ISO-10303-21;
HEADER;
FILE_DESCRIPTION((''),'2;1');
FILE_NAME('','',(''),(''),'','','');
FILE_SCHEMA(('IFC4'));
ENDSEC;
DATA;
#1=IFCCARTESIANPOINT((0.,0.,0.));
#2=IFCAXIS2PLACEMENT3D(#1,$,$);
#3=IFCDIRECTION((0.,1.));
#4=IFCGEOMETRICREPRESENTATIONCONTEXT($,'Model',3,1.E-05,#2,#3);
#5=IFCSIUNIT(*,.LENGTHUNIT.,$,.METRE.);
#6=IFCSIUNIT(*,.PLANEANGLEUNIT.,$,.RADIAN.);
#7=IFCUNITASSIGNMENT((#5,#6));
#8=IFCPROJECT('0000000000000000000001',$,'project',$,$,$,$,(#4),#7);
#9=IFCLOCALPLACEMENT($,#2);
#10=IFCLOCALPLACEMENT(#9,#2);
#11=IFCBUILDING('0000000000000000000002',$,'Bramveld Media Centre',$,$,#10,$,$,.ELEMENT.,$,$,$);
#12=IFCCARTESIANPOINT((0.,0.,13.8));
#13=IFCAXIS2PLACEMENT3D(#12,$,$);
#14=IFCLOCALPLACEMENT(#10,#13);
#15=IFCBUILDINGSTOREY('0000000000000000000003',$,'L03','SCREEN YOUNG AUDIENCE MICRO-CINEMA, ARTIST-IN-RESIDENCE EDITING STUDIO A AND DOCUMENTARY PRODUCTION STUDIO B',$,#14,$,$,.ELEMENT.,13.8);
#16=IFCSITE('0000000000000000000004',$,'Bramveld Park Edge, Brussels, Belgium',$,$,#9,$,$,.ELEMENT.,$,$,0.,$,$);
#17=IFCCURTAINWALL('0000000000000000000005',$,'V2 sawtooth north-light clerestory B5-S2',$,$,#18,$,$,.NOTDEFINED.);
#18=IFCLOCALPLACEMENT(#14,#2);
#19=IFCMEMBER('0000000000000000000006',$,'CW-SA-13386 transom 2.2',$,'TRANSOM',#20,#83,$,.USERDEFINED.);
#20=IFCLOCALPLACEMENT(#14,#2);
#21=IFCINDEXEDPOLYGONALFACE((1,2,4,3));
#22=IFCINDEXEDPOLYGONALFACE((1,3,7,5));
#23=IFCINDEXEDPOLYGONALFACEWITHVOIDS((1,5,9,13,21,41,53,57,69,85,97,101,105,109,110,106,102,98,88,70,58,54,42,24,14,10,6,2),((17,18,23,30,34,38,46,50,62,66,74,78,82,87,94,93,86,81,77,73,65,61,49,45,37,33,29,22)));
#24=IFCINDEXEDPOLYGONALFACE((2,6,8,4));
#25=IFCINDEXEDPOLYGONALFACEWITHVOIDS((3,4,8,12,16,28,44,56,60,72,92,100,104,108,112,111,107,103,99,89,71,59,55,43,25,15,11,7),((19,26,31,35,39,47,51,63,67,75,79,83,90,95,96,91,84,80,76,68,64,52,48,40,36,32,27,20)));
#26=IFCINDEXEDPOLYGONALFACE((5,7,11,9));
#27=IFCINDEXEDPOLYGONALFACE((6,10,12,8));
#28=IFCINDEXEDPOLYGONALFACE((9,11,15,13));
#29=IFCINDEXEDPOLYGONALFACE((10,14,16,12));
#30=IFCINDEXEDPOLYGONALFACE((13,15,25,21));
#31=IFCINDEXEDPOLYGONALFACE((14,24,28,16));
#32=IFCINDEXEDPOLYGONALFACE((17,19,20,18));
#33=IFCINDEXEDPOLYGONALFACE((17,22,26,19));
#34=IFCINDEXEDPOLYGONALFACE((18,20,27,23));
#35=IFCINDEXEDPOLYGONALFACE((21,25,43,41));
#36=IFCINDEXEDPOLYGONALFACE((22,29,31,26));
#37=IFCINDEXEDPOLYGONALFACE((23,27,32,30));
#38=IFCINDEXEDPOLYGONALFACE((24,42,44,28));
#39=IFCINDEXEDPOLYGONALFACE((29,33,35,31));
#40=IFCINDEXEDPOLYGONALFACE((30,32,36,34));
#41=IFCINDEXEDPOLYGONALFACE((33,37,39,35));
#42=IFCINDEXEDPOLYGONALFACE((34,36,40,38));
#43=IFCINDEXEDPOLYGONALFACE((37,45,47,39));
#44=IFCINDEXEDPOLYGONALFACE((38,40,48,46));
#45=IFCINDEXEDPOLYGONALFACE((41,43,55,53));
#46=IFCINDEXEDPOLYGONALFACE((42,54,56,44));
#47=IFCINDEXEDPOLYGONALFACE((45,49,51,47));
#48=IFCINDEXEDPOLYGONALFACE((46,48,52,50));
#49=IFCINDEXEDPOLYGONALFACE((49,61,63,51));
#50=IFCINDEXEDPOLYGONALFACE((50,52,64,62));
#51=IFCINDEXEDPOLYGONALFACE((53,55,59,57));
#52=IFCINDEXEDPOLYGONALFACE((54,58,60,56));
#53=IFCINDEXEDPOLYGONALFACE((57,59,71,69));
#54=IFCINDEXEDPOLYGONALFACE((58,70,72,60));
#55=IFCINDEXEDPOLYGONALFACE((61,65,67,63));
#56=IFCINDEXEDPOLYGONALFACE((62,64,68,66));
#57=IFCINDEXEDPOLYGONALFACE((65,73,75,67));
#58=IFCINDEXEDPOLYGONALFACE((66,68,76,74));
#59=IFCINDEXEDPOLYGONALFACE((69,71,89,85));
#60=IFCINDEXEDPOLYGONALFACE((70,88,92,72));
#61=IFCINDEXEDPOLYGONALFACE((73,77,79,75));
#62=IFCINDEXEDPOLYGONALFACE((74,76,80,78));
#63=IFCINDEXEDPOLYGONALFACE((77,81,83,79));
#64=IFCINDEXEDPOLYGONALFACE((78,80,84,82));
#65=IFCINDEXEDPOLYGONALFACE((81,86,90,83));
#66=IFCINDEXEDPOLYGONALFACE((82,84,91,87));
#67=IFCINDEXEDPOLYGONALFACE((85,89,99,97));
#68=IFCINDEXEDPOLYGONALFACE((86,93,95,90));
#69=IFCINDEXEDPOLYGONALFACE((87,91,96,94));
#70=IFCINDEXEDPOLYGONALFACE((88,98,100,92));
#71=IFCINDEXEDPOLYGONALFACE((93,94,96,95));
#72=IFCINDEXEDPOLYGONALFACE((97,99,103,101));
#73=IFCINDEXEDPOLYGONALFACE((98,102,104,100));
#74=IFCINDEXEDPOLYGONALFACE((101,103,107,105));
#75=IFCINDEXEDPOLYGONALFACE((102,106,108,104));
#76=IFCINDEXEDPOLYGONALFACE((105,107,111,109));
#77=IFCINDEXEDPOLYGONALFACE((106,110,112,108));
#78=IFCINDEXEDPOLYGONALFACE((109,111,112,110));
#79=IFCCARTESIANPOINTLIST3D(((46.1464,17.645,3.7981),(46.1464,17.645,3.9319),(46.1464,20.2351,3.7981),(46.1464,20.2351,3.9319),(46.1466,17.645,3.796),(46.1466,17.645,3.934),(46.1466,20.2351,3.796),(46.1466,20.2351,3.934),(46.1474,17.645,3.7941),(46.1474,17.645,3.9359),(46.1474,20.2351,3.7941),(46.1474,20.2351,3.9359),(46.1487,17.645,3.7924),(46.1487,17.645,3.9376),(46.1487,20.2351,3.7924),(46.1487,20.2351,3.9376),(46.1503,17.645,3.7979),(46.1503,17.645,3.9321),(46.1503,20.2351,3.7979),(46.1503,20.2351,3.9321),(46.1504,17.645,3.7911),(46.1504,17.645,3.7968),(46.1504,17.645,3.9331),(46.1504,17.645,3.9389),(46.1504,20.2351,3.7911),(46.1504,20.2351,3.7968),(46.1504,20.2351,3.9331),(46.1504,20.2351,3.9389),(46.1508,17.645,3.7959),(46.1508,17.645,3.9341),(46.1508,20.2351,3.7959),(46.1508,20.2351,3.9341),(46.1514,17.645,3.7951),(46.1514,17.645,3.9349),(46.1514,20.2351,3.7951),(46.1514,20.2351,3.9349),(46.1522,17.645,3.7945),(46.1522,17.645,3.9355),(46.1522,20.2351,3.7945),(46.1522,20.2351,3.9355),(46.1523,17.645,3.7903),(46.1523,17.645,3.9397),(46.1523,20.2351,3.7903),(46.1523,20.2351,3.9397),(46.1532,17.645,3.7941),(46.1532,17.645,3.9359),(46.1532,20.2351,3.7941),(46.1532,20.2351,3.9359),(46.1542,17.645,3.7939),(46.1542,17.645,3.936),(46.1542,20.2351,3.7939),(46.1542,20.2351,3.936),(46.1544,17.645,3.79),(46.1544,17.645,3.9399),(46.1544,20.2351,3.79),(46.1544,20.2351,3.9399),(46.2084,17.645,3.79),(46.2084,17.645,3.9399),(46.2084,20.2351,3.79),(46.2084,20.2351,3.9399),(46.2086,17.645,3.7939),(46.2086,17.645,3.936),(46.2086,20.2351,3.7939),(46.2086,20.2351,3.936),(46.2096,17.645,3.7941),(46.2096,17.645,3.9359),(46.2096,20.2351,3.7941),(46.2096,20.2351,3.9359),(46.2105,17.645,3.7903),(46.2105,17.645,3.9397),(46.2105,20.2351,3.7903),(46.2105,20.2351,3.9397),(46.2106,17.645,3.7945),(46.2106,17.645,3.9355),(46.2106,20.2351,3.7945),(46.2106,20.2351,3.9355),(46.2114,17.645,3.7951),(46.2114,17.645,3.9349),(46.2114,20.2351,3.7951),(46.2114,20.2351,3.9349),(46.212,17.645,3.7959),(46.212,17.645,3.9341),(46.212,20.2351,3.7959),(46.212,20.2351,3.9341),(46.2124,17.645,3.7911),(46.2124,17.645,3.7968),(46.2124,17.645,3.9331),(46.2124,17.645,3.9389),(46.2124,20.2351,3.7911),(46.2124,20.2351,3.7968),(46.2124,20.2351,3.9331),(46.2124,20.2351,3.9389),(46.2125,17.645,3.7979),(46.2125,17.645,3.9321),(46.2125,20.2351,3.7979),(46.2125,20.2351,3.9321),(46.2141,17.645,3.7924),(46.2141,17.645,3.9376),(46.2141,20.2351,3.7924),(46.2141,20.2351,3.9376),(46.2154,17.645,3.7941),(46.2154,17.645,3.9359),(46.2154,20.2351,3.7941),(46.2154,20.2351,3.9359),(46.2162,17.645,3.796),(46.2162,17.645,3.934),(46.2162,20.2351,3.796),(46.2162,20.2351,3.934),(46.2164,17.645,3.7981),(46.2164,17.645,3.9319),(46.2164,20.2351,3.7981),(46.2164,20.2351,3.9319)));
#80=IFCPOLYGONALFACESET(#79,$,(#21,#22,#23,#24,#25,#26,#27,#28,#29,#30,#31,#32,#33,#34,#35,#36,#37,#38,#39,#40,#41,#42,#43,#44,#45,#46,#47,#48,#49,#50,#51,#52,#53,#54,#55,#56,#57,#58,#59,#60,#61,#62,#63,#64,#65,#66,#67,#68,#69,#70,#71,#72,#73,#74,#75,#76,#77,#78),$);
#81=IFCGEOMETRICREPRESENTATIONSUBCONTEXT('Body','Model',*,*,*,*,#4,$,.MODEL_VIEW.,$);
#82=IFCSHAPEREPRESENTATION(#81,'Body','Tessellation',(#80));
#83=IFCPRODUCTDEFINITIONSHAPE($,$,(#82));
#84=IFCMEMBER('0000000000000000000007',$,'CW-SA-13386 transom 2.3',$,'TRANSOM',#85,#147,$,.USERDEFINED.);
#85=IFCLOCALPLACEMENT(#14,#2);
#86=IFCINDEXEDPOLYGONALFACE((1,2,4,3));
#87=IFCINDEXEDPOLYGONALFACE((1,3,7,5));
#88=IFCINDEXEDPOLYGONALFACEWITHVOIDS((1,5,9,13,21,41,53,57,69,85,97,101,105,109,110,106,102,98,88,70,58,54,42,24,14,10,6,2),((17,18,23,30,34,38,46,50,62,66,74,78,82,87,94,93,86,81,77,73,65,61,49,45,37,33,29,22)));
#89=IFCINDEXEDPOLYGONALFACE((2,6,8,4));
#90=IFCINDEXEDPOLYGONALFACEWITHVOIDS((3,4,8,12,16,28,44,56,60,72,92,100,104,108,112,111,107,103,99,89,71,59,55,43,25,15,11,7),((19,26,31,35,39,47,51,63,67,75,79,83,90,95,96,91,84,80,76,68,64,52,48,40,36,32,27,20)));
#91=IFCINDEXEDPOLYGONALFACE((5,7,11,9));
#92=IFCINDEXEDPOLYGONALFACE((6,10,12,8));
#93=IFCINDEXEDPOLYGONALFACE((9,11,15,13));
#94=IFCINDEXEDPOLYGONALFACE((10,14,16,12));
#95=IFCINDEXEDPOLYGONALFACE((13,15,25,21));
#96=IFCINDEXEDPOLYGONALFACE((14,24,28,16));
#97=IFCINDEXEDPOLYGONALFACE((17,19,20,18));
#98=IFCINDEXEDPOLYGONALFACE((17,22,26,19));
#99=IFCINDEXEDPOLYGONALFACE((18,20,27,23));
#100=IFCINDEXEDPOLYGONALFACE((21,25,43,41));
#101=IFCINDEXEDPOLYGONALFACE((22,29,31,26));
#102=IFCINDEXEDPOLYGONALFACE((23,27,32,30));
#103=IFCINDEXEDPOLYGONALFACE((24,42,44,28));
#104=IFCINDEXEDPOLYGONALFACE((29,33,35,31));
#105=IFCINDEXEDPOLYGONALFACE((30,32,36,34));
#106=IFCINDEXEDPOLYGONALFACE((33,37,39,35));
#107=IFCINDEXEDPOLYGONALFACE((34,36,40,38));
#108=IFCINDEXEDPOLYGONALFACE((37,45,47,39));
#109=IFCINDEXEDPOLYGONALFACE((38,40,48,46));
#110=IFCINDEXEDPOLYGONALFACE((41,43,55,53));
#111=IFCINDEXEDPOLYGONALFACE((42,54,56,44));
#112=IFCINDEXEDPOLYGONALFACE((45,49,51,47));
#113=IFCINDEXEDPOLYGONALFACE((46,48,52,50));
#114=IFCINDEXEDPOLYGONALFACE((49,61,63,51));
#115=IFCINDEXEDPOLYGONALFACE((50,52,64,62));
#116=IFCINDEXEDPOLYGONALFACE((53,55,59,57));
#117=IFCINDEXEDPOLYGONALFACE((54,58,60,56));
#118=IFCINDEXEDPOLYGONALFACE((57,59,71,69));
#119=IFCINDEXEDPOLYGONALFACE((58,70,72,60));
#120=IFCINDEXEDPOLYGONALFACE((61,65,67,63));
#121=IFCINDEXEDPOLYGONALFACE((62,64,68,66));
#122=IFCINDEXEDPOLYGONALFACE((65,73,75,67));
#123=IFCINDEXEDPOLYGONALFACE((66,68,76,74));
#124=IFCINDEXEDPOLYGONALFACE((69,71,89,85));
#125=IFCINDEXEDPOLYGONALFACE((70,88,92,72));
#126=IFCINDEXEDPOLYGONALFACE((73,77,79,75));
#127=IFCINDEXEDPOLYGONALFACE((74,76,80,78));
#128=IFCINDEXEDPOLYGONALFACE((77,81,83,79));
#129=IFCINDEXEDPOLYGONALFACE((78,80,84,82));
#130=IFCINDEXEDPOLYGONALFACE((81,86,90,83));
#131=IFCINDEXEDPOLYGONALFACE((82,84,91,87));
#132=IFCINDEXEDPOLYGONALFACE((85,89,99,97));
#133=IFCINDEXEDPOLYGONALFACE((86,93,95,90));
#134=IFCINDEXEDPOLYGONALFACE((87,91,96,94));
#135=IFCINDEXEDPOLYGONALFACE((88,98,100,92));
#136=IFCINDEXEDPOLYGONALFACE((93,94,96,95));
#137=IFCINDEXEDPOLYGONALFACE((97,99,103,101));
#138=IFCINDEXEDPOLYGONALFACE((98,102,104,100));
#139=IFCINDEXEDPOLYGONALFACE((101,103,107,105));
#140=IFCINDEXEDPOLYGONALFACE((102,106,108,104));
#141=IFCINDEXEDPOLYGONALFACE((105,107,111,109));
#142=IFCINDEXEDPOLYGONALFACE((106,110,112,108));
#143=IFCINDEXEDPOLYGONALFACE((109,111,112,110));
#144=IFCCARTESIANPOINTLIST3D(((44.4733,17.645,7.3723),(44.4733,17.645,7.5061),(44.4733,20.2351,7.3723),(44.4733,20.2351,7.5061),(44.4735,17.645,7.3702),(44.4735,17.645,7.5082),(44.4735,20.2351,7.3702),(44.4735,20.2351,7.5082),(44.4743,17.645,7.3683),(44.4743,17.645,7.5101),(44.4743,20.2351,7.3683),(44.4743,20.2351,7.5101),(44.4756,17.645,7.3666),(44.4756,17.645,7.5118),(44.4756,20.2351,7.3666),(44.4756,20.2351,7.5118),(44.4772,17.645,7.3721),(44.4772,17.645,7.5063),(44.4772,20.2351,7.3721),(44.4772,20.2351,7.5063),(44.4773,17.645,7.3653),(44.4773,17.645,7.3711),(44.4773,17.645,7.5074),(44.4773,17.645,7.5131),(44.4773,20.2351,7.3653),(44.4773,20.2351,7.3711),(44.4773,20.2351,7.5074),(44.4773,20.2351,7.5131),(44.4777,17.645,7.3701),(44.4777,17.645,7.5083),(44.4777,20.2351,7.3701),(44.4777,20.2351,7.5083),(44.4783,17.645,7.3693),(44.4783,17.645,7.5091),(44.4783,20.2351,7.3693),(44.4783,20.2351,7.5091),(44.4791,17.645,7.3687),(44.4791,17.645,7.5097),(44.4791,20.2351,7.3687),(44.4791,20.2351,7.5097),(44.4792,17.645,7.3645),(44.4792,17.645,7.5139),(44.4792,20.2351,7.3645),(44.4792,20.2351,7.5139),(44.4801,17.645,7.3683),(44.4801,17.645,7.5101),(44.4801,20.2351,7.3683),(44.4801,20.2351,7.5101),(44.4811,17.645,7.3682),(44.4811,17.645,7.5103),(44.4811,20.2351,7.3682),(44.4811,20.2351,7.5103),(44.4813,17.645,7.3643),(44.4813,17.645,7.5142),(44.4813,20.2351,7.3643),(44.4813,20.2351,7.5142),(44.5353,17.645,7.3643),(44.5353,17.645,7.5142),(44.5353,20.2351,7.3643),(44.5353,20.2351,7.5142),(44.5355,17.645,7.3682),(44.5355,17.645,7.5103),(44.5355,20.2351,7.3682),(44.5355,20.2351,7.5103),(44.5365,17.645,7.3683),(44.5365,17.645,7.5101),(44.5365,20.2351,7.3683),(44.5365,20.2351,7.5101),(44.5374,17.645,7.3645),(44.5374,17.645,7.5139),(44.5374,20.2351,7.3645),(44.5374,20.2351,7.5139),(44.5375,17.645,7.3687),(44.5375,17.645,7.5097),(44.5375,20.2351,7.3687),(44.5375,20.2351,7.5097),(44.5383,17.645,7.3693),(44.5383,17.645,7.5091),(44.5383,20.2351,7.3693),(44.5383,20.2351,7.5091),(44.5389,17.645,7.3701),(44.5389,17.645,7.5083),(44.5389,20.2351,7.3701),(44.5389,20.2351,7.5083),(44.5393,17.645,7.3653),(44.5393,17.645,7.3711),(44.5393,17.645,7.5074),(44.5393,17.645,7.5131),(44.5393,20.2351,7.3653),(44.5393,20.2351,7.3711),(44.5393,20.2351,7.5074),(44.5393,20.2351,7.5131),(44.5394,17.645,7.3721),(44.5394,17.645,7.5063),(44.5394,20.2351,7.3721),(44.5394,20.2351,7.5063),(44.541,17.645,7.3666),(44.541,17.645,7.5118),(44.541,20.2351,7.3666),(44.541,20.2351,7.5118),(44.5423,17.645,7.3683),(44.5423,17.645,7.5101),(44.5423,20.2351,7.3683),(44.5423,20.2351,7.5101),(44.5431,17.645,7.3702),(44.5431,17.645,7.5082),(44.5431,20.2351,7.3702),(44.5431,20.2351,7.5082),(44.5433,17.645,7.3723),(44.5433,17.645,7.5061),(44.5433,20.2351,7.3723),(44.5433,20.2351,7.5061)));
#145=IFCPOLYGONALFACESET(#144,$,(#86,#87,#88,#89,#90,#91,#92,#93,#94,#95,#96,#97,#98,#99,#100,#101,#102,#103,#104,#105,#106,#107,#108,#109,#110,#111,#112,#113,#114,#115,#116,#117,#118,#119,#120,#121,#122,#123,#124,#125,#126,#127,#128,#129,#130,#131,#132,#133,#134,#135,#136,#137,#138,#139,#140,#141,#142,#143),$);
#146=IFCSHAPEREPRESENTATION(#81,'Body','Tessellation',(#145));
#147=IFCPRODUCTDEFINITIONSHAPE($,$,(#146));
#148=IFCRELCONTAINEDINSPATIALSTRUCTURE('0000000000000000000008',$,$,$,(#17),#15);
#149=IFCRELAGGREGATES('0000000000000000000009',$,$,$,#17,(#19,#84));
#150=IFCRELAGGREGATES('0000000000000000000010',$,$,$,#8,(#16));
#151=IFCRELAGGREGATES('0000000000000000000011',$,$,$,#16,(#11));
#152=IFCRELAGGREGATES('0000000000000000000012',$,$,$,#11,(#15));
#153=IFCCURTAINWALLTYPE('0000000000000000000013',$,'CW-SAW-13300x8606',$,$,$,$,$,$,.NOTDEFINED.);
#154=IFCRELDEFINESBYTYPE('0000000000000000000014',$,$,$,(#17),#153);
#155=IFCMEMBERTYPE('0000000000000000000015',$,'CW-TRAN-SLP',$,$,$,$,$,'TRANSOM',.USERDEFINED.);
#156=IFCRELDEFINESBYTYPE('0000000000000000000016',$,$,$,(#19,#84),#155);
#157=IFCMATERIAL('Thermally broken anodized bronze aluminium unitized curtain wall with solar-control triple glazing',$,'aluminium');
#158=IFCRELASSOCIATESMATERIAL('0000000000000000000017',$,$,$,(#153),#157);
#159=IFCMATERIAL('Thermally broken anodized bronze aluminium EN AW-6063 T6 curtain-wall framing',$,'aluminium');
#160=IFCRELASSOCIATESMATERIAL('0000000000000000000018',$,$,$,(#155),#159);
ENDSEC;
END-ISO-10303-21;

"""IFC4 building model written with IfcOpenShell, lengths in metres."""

from ifc_helpers import new_model, si_unit, direction, frame, origin, origin_2d, place, context, subcontext, project, spatial, hollow_rectangle, extrude, material, material_profile, profile_set, type_object, element, aggregate, save


model = new_model("IFC4")

# Units and contexts
model_context = context("Model", 3, precision=1e-05, world=origin(), true_north=direction((0.0, 1.0)))
body_context = subcontext(model_context, "Body", "Model", "MODEL_VIEW")
ifc_project = project(units=[si_unit("LENGTHUNIT", "METRE"), si_unit("PLANEANGLEUNIT", "RADIAN")], contexts=[model_context])

# Site, building, storey
site_placement = place(None, origin())
site = spatial("IfcSite", under=ifc_project, at=site_placement, Name="Bramveld Park Edge, Brussels, Belgium", CompositionType="ELEMENT", RefElevation=0.0)
building_placement = place(site_placement, origin())
building = spatial("IfcBuilding", under=site, at=building_placement, Name="Bramveld Media Centre", CompositionType="ELEMENT")
storey_placement = place(building_placement, frame((0.0, 0.0, 13.8)))
storey = spatial("IfcBuildingStorey", under=building, at=storey_placement, Name="L03", Description="SCREEN YOUNG AUDIENCE MICRO-CINEMA, ARTIST-IN-RESIDENCE EDITING STUDIO A AND DOCUMENTARY PRODUCTION STUDIO B", CompositionType="ELEMENT", Elevation=13.8)

# Curtain wall, members
ifc_material_1 = material(Name="Thermally broken anodized bronze aluminium unitized curtain wall with solar-control triple glazing", Category="aluminium")
curtain_wall_type = type_object("IfcCurtainWallType", Name="CW-SAW-13300x8606", PredefinedType="NOTDEFINED", material=ifc_material_1)
curtain_wall_placement = place(storey_placement, origin())
curtain_wall = element("IfcCurtainWall", 1, at=curtain_wall_placement, inside=storey, type_object=curtain_wall_type, Name="V2 sawtooth north-light clerestory B5-S2", PredefinedType="NOTDEFINED")
ifc_material_2 = material(Name="Thermally broken anodized bronze aluminium EN AW-6063 T6 curtain-wall framing", Category="aluminium")
ifc_material_profile_1 = material_profile(ifc_material_2, hollow_rectangle(XDim=0.0701, YDim=0.1499, WallThickness=0.0039, InnerFilletRadius=0.0039, OuterFilletRadius=0.0081, at=origin_2d()), Name="AL-TRAN 70x150")
ifc_profile_set_1 = profile_set([ifc_material_profile_1], Name="Thermally broken anodized bronze aluminium EN AW-6063 T6 curtain-wall framing")
member_type_1 = type_object("IfcMemberType", Name="CW-TRAN-SLP", ElementType="TRANSOM", PredefinedType="USERDEFINED", material=ifc_profile_set_1)
member_1_placement = place(storey_placement, frame((46.1814, 17.645, 3.865), z_axis=(0.0, 1.0, 0.0), x_axis=(-1.0, 0.0, 0.0)))
member_1 = element("IfcMember", 2, at=member_1_placement, type_object=member_type_1, Name="CW-SA-13386 transom 2.2", ObjectType="TRANSOM", PredefinedType="USERDEFINED", context=body_context, shape_type="SweptSolid", body=[
    extrude(hollow_rectangle(XDim=0.0701, YDim=0.1499, WallThickness=0.0039, InnerFilletRadius=0.0039, OuterFilletRadius=0.0081, at=origin_2d()), origin(), (0.0, 0.0, 1.0), 2.5901),
])
member_2_placement = place(storey_placement, frame((44.5083, 17.645, 7.4392), z_axis=(0.0, 1.0, 0.0), x_axis=(-1.0, 0.0, 0.0)))
member_2 = element("IfcMember", 3, at=member_2_placement, type_object=member_type_1, Name="CW-SA-13386 transom 2.3", ObjectType="TRANSOM", PredefinedType="USERDEFINED", context=body_context, shape_type="SweptSolid", body=[
    extrude(hollow_rectangle(XDim=0.0701, YDim=0.1499, WallThickness=0.0039, InnerFilletRadius=0.0039, OuterFilletRadius=0.0081, at=origin_2d()), origin(), (0.0, 0.0, 1.0), 2.5901),
])

aggregate(curtain_wall, [member_1, member_2])

save(model, "model.ifc")
